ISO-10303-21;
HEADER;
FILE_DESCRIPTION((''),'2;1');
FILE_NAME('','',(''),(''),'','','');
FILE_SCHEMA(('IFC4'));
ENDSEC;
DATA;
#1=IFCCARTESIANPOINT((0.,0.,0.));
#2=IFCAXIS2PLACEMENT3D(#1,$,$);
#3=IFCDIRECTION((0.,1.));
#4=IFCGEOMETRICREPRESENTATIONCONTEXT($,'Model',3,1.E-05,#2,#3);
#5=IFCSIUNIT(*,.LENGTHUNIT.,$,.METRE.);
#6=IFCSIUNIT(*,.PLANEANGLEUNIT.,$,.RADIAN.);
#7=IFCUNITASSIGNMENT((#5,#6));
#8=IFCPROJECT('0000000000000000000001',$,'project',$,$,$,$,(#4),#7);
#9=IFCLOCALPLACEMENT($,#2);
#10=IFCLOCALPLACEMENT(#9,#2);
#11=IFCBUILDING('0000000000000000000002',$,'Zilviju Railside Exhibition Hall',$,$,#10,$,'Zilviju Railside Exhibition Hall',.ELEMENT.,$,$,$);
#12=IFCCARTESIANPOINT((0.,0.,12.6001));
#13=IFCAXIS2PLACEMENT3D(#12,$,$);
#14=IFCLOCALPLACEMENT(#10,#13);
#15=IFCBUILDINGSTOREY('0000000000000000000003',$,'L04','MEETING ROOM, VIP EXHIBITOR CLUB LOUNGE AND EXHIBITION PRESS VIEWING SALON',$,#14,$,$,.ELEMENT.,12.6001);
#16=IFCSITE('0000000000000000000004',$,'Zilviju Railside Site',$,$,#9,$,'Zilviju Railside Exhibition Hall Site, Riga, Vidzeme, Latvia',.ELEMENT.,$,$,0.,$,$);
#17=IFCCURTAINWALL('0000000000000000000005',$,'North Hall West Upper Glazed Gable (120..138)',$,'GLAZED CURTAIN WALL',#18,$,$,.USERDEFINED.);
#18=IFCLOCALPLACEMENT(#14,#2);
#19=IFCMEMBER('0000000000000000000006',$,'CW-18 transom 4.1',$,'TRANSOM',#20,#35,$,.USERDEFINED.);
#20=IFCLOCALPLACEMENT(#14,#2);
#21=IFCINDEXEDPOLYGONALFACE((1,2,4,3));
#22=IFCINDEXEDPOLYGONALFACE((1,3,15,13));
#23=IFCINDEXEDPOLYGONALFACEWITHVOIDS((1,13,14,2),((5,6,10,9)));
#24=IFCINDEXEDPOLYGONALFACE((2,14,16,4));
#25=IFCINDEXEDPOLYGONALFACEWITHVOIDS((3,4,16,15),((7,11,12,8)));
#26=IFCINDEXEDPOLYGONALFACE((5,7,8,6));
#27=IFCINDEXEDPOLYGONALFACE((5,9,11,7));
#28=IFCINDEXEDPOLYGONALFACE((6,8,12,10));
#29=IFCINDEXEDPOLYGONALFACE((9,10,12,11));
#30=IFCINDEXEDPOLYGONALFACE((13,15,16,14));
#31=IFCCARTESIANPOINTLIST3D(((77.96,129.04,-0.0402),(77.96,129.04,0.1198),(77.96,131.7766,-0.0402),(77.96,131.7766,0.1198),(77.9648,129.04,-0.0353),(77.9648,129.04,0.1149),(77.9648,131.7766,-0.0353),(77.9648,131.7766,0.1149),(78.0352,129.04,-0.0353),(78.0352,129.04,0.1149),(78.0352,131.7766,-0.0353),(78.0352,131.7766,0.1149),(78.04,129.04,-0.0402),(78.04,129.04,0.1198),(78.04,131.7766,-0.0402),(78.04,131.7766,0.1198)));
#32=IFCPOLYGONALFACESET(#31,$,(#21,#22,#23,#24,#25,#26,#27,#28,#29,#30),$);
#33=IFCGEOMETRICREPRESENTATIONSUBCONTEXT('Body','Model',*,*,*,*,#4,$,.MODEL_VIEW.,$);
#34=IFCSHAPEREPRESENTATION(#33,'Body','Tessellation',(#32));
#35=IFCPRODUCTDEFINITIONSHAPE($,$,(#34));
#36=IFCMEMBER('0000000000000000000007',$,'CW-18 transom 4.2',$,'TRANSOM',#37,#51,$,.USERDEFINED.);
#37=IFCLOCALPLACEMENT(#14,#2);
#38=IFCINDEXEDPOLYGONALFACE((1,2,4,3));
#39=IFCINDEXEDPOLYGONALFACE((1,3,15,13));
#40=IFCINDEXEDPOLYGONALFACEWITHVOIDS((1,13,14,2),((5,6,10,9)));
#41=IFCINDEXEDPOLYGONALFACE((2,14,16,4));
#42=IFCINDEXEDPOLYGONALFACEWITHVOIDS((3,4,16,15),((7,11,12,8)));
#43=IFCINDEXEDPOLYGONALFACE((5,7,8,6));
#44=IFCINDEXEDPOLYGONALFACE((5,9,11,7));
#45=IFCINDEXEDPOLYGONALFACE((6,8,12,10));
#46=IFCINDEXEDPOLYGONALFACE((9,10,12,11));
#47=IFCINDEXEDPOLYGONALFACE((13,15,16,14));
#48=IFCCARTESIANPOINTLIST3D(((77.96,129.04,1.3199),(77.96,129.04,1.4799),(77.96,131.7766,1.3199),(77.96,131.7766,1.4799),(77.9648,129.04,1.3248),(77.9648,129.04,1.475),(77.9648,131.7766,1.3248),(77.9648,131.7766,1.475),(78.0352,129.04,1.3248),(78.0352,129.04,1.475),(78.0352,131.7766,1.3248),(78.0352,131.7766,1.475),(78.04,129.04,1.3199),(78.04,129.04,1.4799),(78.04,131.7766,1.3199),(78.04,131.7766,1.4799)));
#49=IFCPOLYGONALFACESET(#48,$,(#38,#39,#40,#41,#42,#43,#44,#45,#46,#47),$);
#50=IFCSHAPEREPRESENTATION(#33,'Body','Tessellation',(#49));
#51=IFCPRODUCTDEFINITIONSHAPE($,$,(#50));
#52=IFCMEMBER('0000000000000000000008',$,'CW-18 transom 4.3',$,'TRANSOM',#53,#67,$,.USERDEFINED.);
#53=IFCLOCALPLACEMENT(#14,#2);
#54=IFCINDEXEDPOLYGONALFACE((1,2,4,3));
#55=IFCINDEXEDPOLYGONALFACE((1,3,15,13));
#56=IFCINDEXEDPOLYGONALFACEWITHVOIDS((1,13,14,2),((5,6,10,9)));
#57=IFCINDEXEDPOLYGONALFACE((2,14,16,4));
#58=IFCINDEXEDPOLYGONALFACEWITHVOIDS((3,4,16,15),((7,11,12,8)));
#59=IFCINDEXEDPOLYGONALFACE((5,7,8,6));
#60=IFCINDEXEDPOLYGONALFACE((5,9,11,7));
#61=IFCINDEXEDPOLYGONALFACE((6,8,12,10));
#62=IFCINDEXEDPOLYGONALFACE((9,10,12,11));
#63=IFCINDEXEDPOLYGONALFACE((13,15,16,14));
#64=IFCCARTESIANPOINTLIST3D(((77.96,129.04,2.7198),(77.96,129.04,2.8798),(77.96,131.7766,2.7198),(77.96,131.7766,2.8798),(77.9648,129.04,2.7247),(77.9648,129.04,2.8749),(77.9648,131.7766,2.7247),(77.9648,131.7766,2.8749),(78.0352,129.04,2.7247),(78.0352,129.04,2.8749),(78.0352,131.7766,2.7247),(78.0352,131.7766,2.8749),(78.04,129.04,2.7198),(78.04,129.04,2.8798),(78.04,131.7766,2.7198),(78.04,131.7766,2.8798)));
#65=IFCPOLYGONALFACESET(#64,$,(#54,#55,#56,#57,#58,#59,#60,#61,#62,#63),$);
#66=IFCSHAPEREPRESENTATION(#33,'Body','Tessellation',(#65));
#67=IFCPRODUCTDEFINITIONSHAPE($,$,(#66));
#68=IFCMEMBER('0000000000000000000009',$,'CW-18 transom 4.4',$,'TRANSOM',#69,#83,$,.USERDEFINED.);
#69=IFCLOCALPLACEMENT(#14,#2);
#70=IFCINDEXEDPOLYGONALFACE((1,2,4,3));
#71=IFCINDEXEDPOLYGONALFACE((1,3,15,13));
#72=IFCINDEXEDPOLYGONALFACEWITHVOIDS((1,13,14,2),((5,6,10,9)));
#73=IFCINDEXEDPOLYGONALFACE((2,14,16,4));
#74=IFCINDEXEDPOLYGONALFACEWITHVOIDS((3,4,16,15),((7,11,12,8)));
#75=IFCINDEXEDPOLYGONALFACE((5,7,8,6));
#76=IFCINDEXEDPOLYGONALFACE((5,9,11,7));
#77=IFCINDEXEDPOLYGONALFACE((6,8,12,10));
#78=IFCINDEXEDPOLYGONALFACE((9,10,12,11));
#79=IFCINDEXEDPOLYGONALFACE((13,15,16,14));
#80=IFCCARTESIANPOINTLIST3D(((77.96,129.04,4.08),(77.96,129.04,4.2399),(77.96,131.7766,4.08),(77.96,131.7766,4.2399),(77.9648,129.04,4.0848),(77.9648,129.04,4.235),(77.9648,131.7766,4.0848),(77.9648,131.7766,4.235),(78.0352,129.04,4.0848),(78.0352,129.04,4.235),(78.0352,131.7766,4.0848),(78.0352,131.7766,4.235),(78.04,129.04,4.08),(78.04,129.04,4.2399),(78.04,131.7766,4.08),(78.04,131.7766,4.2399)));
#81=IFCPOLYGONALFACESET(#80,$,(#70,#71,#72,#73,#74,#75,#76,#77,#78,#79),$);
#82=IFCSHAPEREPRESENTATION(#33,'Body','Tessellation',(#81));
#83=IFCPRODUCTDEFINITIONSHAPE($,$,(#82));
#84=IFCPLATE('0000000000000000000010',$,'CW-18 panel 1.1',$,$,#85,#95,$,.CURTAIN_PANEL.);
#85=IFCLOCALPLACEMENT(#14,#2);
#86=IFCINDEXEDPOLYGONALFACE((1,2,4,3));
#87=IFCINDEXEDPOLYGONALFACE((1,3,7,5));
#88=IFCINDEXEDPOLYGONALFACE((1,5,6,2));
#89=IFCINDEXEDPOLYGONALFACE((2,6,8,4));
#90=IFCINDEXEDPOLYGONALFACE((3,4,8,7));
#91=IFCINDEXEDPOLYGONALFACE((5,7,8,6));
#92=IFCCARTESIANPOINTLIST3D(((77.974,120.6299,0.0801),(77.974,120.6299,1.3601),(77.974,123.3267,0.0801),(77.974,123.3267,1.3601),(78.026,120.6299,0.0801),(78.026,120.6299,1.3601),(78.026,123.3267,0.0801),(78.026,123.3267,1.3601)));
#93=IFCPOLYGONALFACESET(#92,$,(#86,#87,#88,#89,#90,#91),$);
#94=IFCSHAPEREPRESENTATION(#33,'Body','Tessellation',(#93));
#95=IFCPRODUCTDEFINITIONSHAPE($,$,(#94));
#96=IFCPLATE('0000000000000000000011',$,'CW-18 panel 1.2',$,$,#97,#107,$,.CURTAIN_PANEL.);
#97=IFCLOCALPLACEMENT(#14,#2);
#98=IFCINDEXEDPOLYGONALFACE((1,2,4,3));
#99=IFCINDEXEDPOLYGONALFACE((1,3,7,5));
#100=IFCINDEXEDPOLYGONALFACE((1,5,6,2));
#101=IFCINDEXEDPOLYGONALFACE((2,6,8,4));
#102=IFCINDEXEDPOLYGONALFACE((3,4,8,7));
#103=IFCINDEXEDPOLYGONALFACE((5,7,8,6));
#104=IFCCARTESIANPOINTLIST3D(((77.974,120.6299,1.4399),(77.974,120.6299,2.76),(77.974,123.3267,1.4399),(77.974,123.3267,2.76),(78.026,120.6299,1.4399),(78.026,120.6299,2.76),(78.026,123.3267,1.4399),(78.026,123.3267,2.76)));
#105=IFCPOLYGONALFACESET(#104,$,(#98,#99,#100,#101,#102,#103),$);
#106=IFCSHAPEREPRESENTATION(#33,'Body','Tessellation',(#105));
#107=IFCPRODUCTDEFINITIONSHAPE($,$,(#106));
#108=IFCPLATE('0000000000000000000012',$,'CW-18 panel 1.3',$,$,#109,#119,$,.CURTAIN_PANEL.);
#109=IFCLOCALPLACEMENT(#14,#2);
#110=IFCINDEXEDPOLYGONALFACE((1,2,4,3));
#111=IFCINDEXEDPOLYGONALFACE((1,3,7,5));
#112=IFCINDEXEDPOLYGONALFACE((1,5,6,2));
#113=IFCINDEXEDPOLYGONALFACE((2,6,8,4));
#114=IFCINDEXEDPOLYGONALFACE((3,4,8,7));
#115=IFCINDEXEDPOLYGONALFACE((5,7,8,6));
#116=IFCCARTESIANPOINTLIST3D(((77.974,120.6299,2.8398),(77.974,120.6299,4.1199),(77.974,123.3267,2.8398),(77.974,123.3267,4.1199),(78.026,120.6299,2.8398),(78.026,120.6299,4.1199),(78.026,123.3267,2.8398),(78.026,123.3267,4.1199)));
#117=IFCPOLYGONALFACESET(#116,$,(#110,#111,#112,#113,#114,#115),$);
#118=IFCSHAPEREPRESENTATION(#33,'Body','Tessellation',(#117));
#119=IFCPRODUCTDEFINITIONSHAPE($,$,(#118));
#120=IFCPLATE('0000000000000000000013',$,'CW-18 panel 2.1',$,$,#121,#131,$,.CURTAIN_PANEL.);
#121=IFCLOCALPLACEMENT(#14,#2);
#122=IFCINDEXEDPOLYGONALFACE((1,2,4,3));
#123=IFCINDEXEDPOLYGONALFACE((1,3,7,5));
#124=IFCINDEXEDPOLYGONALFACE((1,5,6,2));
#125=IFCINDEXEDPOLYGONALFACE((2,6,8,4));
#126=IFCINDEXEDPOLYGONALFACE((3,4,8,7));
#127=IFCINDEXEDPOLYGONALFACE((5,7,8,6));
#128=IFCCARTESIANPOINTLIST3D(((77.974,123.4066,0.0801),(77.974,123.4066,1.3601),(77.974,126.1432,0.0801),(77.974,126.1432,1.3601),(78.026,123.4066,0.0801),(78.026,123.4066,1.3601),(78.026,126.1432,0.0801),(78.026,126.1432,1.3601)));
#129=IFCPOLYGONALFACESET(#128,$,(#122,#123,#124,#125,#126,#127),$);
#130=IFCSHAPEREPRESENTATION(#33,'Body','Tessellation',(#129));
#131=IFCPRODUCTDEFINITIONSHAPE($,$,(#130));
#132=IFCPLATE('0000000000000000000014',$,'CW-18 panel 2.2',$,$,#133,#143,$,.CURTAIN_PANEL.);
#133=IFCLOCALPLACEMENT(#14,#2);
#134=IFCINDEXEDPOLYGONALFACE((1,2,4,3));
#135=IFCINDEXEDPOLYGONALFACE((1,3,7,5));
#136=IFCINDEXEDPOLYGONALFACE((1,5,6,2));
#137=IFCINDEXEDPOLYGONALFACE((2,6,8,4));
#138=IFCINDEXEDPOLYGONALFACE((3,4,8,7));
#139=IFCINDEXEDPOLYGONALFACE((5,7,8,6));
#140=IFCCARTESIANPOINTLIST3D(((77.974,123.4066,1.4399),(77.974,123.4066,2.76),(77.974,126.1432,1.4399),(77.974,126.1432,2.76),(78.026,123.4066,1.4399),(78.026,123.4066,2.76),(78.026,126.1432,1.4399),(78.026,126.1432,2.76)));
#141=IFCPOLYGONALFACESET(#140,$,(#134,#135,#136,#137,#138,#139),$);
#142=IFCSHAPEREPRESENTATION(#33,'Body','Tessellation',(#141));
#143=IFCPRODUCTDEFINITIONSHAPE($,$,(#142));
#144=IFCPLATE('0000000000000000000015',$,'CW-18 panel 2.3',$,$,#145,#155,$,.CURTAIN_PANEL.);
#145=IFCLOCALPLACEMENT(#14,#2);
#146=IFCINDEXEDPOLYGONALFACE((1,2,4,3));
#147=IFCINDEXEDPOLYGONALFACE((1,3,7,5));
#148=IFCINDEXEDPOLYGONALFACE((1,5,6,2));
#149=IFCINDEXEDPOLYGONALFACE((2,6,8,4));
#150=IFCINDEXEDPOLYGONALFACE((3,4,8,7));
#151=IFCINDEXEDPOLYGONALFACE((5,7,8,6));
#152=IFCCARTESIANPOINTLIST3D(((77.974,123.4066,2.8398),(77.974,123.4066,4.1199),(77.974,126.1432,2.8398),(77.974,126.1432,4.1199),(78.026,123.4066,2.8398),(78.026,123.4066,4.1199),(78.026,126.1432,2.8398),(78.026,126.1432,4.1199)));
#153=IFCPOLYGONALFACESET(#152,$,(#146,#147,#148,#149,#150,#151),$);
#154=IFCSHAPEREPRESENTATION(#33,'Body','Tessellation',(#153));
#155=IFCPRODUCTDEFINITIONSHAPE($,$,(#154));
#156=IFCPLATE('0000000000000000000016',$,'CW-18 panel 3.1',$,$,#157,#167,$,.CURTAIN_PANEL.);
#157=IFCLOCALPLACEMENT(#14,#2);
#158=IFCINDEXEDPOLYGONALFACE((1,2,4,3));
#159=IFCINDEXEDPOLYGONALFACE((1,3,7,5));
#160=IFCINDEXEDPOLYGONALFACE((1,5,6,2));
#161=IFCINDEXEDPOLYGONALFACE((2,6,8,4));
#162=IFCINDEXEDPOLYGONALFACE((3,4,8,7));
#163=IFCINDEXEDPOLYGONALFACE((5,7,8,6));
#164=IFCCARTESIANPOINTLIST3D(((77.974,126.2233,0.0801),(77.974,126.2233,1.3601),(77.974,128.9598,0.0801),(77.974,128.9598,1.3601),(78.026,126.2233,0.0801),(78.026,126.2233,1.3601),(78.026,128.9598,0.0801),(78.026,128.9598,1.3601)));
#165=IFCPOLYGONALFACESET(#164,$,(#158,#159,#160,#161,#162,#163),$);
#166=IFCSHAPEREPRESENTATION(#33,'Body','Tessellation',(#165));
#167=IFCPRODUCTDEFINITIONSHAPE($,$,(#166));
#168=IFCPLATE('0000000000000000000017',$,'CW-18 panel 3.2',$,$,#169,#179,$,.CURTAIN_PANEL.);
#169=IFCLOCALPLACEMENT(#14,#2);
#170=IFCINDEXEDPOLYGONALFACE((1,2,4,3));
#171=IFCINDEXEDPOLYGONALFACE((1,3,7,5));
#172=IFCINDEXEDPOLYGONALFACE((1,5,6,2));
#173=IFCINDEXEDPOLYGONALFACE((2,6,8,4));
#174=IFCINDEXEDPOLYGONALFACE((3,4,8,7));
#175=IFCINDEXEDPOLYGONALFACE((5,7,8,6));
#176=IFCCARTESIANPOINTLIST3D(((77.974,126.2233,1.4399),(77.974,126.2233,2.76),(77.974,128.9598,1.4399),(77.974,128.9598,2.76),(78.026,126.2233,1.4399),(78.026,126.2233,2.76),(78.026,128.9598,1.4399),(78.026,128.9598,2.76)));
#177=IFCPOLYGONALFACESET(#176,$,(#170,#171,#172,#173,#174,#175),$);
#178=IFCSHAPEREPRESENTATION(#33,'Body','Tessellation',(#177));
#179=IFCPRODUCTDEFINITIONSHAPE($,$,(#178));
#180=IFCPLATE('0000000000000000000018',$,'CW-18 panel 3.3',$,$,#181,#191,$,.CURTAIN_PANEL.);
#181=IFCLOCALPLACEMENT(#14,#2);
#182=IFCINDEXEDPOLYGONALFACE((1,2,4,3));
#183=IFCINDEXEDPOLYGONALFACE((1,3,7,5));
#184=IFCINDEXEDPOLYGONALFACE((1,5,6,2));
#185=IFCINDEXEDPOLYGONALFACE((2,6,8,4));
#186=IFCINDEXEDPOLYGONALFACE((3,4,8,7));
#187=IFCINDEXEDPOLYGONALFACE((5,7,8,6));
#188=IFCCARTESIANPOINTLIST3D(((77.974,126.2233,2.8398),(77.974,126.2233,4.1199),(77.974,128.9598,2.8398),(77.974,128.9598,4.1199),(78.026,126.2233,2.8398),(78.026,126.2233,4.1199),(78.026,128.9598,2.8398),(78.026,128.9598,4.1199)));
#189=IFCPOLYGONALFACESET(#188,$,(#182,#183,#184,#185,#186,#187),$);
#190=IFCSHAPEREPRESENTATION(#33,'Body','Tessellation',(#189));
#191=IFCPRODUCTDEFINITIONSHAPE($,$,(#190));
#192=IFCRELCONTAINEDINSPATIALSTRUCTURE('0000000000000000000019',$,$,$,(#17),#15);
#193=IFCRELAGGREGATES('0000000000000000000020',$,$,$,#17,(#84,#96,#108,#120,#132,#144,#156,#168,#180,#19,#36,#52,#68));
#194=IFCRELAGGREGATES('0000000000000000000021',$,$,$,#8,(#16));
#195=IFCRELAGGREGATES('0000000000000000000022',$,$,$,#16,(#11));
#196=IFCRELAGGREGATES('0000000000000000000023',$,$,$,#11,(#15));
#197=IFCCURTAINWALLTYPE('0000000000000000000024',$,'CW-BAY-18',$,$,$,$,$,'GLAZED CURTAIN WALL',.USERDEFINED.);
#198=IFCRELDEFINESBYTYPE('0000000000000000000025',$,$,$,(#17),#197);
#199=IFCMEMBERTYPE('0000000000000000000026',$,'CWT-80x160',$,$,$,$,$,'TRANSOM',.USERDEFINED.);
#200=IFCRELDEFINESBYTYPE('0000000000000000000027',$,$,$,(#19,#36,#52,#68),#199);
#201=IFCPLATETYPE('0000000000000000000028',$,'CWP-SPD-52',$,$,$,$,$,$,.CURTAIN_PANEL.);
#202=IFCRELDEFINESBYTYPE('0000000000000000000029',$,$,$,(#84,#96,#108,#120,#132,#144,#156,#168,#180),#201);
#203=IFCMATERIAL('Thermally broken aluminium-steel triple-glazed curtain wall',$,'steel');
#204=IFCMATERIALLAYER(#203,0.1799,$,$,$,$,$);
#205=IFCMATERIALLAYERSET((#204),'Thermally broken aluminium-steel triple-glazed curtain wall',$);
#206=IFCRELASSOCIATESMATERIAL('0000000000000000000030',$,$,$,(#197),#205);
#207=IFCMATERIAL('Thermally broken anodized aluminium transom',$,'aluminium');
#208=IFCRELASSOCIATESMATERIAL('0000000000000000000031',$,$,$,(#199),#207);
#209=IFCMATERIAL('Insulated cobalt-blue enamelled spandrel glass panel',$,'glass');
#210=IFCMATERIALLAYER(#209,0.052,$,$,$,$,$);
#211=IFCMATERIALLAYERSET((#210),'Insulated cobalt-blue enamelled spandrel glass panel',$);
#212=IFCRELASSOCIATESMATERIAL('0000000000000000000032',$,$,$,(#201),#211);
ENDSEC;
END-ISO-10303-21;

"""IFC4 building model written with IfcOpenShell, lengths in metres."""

from ifc_helpers import new_model, si_unit, direction, frame, origin, origin_2d, place, context, subcontext, project, spatial, rectangle, hollow_rectangle, extrude, material, layer, layer_set, material_profile, profile_set, type_object, element, aggregate, save


model = new_model("IFC4")

# Units and contexts
model_context = context("Model", 3, precision=1e-05, world=origin(), true_north=direction((0.0, 1.0)))
body_context = subcontext(model_context, "Body", "Model", "MODEL_VIEW")
ifc_project = project(units=[si_unit("LENGTHUNIT", "METRE"), si_unit("PLANEANGLEUNIT", "RADIAN")], contexts=[model_context])

# Site, building, storey
site_placement = place(None, origin())
site = spatial("IfcSite", under=ifc_project, at=site_placement, Name="Zilviju Railside Site", LongName="Zilviju Railside Exhibition Hall Site, Riga, Vidzeme, Latvia", CompositionType="ELEMENT", RefElevation=0.0)
building_placement = place(site_placement, origin())
building = spatial("IfcBuilding", under=site, at=building_placement, Name="Zilviju Railside Exhibition Hall", LongName="Zilviju Railside Exhibition Hall", CompositionType="ELEMENT")
storey_placement = place(building_placement, frame((0.0, 0.0, 12.6001)))
storey = spatial("IfcBuildingStorey", under=building, at=storey_placement, Name="L04", Description="MEETING ROOM, VIP EXHIBITOR CLUB LOUNGE AND EXHIBITION PRESS VIEWING SALON", CompositionType="ELEMENT", Elevation=12.6001)

# Curtain wall, members, plates
ifc_material_1 = material(Name="Thermally broken aluminium-steel triple-glazed curtain wall", Category="steel")
ifc_layer_1 = layer(ifc_material_1, 0.1799)
ifc_layer_set_1 = layer_set([ifc_layer_1], Name="Thermally broken aluminium-steel triple-glazed curtain wall")
curtain_wall_type = type_object("IfcCurtainWallType", Name="CW-BAY-18", ElementType="GLAZED CURTAIN WALL", PredefinedType="USERDEFINED", material=ifc_layer_set_1)
curtain_wall_placement = place(storey_placement, origin())
curtain_wall = element("IfcCurtainWall", 1, at=curtain_wall_placement, inside=storey, type_object=curtain_wall_type, Name="North Hall West Upper Glazed Gable (120..138)", ObjectType="GLAZED CURTAIN WALL", PredefinedType="USERDEFINED")
ifc_material_2 = material(Name="Thermally broken anodized aluminium transom", Category="aluminium")
ifc_material_profile_1 = material_profile(ifc_material_2, hollow_rectangle(XDim=0.0801, YDim=0.1599, WallThickness=0.0049, at=origin_2d()), Name="TRANSOM 160x80x5")
ifc_profile_set_1 = profile_set([ifc_material_profile_1], Name="Thermally broken anodized aluminium transom")
member_type_1 = type_object("IfcMemberType", Name="CWT-80x160", ElementType="TRANSOM", PredefinedType="USERDEFINED", material=ifc_profile_set_1)
member_1_placement = place(storey_placement, frame((78.0, 129.04, 0.0398), z_axis=(0.0, 1.0, 0.0), x_axis=(-1.0, 0.0, 0.0)))
member_1 = element("IfcMember", 2, at=member_1_placement, type_object=member_type_1, Name="CW-18 transom 4.1", ObjectType="TRANSOM", PredefinedType="USERDEFINED", context=body_context, shape_type="SweptSolid", body=[
    extrude(hollow_rectangle(XDim=0.0801, YDim=0.1599, WallThickness=0.0049, at=origin_2d()), origin(), (0.0, 0.0, 1.0), 2.7366),
])
member_2_placement = place(storey_placement, frame((78.0, 129.04, 1.3999), z_axis=(0.0, 1.0, 0.0), x_axis=(-1.0, 0.0, 0.0)))
member_2 = element("IfcMember", 3, at=member_2_placement, type_object=member_type_1, Name="CW-18 transom 4.2", ObjectType="TRANSOM", PredefinedType="USERDEFINED", context=body_context, shape_type="SweptSolid", body=[
    extrude(hollow_rectangle(XDim=0.0801, YDim=0.1599, WallThickness=0.0049, at=origin_2d()), origin(), (0.0, 0.0, 1.0), 2.7366),
])
member_3_placement = place(storey_placement, frame((78.0, 129.04, 2.7998), z_axis=(0.0, 1.0, 0.0), x_axis=(-1.0, 0.0, 0.0)))
member_3 = element("IfcMember", 4, at=member_3_placement, type_object=member_type_1, Name="CW-18 transom 4.3", ObjectType="TRANSOM", PredefinedType="USERDEFINED", context=body_context, shape_type="SweptSolid", body=[
    extrude(hollow_rectangle(XDim=0.0801, YDim=0.1599, WallThickness=0.0049, at=origin_2d()), origin(), (0.0, 0.0, 1.0), 2.7366),
])
member_4_placement = place(storey_placement, frame((78.0, 129.04, 4.1599), z_axis=(0.0, 1.0, 0.0), x_axis=(-1.0, 0.0, 0.0)))
member_4 = element("IfcMember", 5, at=member_4_placement, type_object=member_type_1, Name="CW-18 transom 4.4", ObjectType="TRANSOM", PredefinedType="USERDEFINED", context=body_context, shape_type="SweptSolid", body=[
    extrude(hollow_rectangle(XDim=0.0801, YDim=0.1599, WallThickness=0.0049, at=origin_2d()), origin(), (0.0, 0.0, 1.0), 2.7366),
])
ifc_material_3 = material(Name="Insulated cobalt-blue enamelled spandrel glass panel", Category="glass")
ifc_layer_2 = layer(ifc_material_3, 0.052)
ifc_layer_set_2 = layer_set([ifc_layer_2], Name="Insulated cobalt-blue enamelled spandrel glass panel")
plate_type = type_object("IfcPlateType", Name="CWP-SPD-52", PredefinedType="CURTAIN_PANEL", material=ifc_layer_set_2)
plate_1_placement = place(storey_placement, frame((78.0, 121.9783, 0.0801), z_axis=(0.0, 0.0, 1.0), x_axis=(0.0, 1.0, 0.0)))
plate_1 = element("IfcPlate", 6, at=plate_1_placement, type_object=plate_type, Name="CW-18 panel 1.1", PredefinedType="CURTAIN_PANEL", context=body_context, shape_type="SweptSolid", body=[
    extrude(rectangle(XDim=2.6968, YDim=0.052, at=origin_2d()), origin(), (0.0, 0.0, 1.0), 1.28),
])
plate_2_placement = place(storey_placement, frame((78.0, 121.9783, 1.4399), z_axis=(0.0, 0.0, 1.0), x_axis=(0.0, 1.0, 0.0)))
plate_2 = element("IfcPlate", 7, at=plate_2_placement, type_object=plate_type, Name="CW-18 panel 1.2", PredefinedType="CURTAIN_PANEL", context=body_context, shape_type="SweptSolid", body=[
    extrude(rectangle(XDim=2.6968, YDim=0.052, at=origin_2d()), origin(), (0.0, 0.0, 1.0), 1.3201),
])
plate_3_placement = place(storey_placement, frame((78.0, 121.9783, 2.8398), z_axis=(0.0, 0.0, 1.0), x_axis=(0.0, 1.0, 0.0)))
plate_3 = element("IfcPlate", 8, at=plate_3_placement, type_object=plate_type, Name="CW-18 panel 1.3", PredefinedType="CURTAIN_PANEL", context=body_context, shape_type="SweptSolid", body=[
    extrude(rectangle(XDim=2.6968, YDim=0.052, at=origin_2d()), origin(), (0.0, 0.0, 1.0), 1.28),
])
plate_4_placement = place(storey_placement, frame((78.0, 124.7749, 0.0801), z_axis=(0.0, 0.0, 1.0), x_axis=(0.0, 1.0, 0.0)))
plate_4 = element("IfcPlate", 9, at=plate_4_placement, type_object=plate_type, Name="CW-18 panel 2.1", PredefinedType="CURTAIN_PANEL", context=body_context, shape_type="SweptSolid", body=[
    extrude(rectangle(XDim=2.7366, YDim=0.052, at=origin_2d()), origin(), (0.0, 0.0, 1.0), 1.28),
])
plate_5_placement = place(storey_placement, frame((78.0, 124.7749, 1.4399), z_axis=(0.0, 0.0, 1.0), x_axis=(0.0, 1.0, 0.0)))
plate_5 = element("IfcPlate", 10, at=plate_5_placement, type_object=plate_type, Name="CW-18 panel 2.2", PredefinedType="CURTAIN_PANEL", context=body_context, shape_type="SweptSolid", body=[
    extrude(rectangle(XDim=2.7366, YDim=0.052, at=origin_2d()), origin(), (0.0, 0.0, 1.0), 1.3201),
])
plate_6_placement = place(storey_placement, frame((78.0, 124.7749, 2.8398), z_axis=(0.0, 0.0, 1.0), x_axis=(0.0, 1.0, 0.0)))
plate_6 = element("IfcPlate", 11, at=plate_6_placement, type_object=plate_type, Name="CW-18 panel 2.3", PredefinedType="CURTAIN_PANEL", context=body_context, shape_type="SweptSolid", body=[
    extrude(rectangle(XDim=2.7366, YDim=0.052, at=origin_2d()), origin(), (0.0, 0.0, 1.0), 1.28),
])
plate_7_placement = place(storey_placement, frame((78.0, 127.5916, 0.0801), z_axis=(0.0, 0.0, 1.0), x_axis=(0.0, 1.0, 0.0)))
plate_7 = element("IfcPlate", 12, at=plate_7_placement, type_object=plate_type, Name="CW-18 panel 3.1", PredefinedType="CURTAIN_PANEL", context=body_context, shape_type="SweptSolid", body=[
    extrude(rectangle(XDim=2.7366, YDim=0.052, at=origin_2d()), origin(), (0.0, 0.0, 1.0), 1.28),
])
plate_8_placement = place(storey_placement, frame((78.0, 127.5916, 1.4399), z_axis=(0.0, 0.0, 1.0), x_axis=(0.0, 1.0, 0.0)))
plate_8 = element("IfcPlate", 13, at=plate_8_placement, type_object=plate_type, Name="CW-18 panel 3.2", PredefinedType="CURTAIN_PANEL", context=body_context, shape_type="SweptSolid", body=[
    extrude(rectangle(XDim=2.7366, YDim=0.052, at=origin_2d()), origin(), (0.0, 0.0, 1.0), 1.3201),
])
plate_9_placement = place(storey_placement, frame((78.0, 127.5916, 2.8398), z_axis=(0.0, 0.0, 1.0), x_axis=(0.0, 1.0, 0.0)))
plate_9 = element("IfcPlate", 14, at=plate_9_placement, type_object=plate_type, Name="CW-18 panel 3.3", PredefinedType="CURTAIN_PANEL", context=body_context, shape_type="SweptSolid", body=[
    extrude(rectangle(XDim=2.7366, YDim=0.052, at=origin_2d()), origin(), (0.0, 0.0, 1.0), 1.28),
])
aggregate(curtain_wall, [plate_1, plate_2, plate_3, plate_4, plate_5, plate_6, plate_7, plate_8, plate_9, member_1, member_2, member_3, member_4])

save(model, "model.ifc")
